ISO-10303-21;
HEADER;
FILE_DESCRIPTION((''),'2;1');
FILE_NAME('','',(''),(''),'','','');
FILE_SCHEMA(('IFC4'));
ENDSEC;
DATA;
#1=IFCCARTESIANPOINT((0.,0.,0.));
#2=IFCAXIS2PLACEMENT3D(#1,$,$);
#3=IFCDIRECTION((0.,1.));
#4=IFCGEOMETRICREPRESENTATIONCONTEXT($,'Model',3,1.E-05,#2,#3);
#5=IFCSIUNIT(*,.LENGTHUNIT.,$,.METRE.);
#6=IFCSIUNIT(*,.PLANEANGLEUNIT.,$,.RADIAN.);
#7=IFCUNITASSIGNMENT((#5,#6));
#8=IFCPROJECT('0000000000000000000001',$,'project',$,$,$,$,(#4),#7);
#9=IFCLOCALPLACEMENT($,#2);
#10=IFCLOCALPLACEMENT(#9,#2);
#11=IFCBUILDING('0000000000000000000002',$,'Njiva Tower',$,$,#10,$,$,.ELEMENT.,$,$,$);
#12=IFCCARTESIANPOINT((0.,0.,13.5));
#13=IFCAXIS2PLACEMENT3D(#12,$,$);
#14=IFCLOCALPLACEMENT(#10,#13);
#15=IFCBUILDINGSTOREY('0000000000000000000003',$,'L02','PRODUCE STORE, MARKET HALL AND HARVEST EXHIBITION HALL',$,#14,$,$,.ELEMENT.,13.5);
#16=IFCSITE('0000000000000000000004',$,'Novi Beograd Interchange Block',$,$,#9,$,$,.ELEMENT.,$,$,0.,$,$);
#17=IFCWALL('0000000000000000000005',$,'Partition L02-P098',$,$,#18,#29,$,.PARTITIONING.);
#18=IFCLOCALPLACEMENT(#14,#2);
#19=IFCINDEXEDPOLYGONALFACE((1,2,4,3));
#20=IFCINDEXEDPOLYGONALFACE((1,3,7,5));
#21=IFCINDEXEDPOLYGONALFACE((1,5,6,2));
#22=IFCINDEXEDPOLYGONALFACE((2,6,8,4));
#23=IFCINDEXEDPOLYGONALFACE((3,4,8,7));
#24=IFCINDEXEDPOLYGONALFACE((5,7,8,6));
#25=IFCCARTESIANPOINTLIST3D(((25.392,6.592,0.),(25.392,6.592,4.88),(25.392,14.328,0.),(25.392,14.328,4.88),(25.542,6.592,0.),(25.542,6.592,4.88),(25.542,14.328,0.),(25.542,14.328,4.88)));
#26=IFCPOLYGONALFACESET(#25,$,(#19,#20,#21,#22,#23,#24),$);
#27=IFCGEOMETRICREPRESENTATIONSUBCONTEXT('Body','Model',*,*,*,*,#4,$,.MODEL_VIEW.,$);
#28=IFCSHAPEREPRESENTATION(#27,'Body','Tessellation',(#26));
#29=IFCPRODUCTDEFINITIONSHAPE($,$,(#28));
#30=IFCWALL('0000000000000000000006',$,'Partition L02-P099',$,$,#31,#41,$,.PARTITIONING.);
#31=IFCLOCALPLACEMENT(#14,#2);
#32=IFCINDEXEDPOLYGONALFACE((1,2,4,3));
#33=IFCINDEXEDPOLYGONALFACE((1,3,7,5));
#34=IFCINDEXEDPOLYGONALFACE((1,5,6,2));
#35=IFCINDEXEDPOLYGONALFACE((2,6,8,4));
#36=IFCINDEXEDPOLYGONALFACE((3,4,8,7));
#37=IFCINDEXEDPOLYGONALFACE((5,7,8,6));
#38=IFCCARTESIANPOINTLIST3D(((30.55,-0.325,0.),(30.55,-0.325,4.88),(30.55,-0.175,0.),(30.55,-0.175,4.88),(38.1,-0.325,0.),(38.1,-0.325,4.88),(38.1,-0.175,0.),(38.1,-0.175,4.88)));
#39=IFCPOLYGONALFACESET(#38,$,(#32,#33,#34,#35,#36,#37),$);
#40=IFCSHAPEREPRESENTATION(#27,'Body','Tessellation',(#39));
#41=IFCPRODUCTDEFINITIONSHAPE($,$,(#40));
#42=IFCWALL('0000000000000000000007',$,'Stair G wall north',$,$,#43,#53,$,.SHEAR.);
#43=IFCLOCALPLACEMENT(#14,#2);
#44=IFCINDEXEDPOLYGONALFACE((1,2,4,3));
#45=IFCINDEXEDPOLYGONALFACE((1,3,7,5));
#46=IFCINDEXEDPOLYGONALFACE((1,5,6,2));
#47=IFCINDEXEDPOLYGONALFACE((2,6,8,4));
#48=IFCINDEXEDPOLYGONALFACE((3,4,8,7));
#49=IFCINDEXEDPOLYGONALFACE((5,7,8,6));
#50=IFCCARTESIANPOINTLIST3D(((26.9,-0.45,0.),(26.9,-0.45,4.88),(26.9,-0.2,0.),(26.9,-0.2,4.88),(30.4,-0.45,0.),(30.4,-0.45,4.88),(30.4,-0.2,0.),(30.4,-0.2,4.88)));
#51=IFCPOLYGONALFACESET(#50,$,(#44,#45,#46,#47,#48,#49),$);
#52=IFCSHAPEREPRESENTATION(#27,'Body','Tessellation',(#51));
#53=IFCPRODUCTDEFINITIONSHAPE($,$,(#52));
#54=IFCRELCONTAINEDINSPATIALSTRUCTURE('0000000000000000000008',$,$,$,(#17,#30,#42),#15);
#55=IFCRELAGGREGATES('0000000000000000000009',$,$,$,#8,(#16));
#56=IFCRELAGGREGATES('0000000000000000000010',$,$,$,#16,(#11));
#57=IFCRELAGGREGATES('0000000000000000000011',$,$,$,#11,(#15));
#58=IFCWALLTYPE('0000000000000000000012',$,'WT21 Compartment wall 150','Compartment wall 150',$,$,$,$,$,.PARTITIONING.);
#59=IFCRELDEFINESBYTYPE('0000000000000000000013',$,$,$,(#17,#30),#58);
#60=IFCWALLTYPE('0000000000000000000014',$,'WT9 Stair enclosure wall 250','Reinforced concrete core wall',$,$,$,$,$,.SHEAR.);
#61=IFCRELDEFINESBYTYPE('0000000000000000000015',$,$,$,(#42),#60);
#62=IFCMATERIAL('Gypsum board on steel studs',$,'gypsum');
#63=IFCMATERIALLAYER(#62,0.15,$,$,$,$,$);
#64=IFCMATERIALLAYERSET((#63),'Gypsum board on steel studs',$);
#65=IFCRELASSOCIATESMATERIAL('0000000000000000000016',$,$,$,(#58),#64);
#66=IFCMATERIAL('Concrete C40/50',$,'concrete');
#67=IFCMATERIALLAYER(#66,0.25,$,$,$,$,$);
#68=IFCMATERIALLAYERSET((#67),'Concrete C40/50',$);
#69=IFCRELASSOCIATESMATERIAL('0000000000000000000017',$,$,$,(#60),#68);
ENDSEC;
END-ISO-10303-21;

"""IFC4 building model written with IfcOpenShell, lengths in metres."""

from ifc_helpers import new_model, si_unit, direction, frame, frame_2d, origin, place, context, subcontext, project, spatial, rectangle, extrude, material, layer, layer_set, type_object, element, save


model = new_model("IFC4")

# Units and contexts
model_context = context("Model", 3, precision=1e-05, world=origin(), true_north=direction((0.0, 1.0)))
body_context = subcontext(model_context, "Body", "Model", "MODEL_VIEW")
ifc_project = project(units=[si_unit("LENGTHUNIT", "METRE"), si_unit("PLANEANGLEUNIT", "RADIAN")], contexts=[model_context])

# Site, building, storey
site_placement = place(None, origin())
site = spatial("IfcSite", under=ifc_project, at=site_placement, Name="Novi Beograd Interchange Block", CompositionType="ELEMENT", RefElevation=0.0)
building_placement = place(site_placement, origin())
building = spatial("IfcBuilding", under=site, at=building_placement, Name="Njiva Tower", CompositionType="ELEMENT")
storey_placement = place(building_placement, frame((0.0, 0.0, 13.5)))
storey = spatial("IfcBuildingStorey", under=building, at=storey_placement, Name="L02", Description="PRODUCE STORE, MARKET HALL AND HARVEST EXHIBITION HALL", CompositionType="ELEMENT", Elevation=13.5)

# Walls
ifc_material_1 = material(Name="Gypsum board on steel studs", Category="gypsum")
ifc_layer_1 = layer(ifc_material_1, 0.15)
ifc_layer_set_1 = layer_set([ifc_layer_1], Name="Gypsum board on steel studs")
wall_type_1 = type_object("IfcWallType", Name="WT21 Compartment wall 150", Description="Compartment wall 150", PredefinedType="PARTITIONING", material=ifc_layer_set_1)
wall_1_placement = place(storey_placement, frame((25.467, 6.592, 0.0), z_axis=(0.0, 0.0, 1.0), x_axis=(0.0, 1.0, 0.0)))
element("IfcWall", 1, at=wall_1_placement, inside=storey, type_object=wall_type_1, Name="Partition L02-P098", PredefinedType="PARTITIONING", context=body_context, shape_type="SweptSolid", body=[
    extrude(rectangle(XDim=7.736, YDim=0.15, at=frame_2d((3.868, 0.0))), origin(), (0.0, 0.0, 1.0), 4.88),
])
wall_2_placement = place(storey_placement, frame((30.55, -0.25, 0.0), z_axis=(0.0, 0.0, 1.0), x_axis=(1.0, 0.0, 0.0)))
element("IfcWall", 2, at=wall_2_placement, inside=storey, type_object=wall_type_1, Name="Partition L02-P099", PredefinedType="PARTITIONING", context=body_context, shape_type="SweptSolid", body=[
    extrude(rectangle(XDim=7.55, YDim=0.15, at=frame_2d((3.775, 0.0))), origin(), (0.0, 0.0, 1.0), 4.88),
])
ifc_material_2 = material(Name="Concrete C40/50", Category="concrete")
ifc_layer_2 = layer(ifc_material_2, 0.25)
ifc_layer_set_2 = layer_set([ifc_layer_2], Name="Concrete C40/50")
wall_type_2 = type_object("IfcWallType", Name="WT9 Stair enclosure wall 250", Description="Reinforced concrete core wall", PredefinedType="SHEAR", material=ifc_layer_set_2)
wall_3_placement = place(storey_placement, frame((26.9, -0.325, 0.0), z_axis=(0.0, 0.0, 1.0), x_axis=(1.0, 0.0, 0.0)))
element("IfcWall", 3, at=wall_3_placement, inside=storey, type_object=wall_type_2, Name="Stair G wall north", PredefinedType="SHEAR", context=body_context, shape_type="SweptSolid", body=[
    extrude(rectangle(XDim=3.5, YDim=0.25, at=frame_2d((1.75, 0.0))), origin(), (0.0, 0.0, 1.0), 4.88),
])

save(model, "model.ifc")
